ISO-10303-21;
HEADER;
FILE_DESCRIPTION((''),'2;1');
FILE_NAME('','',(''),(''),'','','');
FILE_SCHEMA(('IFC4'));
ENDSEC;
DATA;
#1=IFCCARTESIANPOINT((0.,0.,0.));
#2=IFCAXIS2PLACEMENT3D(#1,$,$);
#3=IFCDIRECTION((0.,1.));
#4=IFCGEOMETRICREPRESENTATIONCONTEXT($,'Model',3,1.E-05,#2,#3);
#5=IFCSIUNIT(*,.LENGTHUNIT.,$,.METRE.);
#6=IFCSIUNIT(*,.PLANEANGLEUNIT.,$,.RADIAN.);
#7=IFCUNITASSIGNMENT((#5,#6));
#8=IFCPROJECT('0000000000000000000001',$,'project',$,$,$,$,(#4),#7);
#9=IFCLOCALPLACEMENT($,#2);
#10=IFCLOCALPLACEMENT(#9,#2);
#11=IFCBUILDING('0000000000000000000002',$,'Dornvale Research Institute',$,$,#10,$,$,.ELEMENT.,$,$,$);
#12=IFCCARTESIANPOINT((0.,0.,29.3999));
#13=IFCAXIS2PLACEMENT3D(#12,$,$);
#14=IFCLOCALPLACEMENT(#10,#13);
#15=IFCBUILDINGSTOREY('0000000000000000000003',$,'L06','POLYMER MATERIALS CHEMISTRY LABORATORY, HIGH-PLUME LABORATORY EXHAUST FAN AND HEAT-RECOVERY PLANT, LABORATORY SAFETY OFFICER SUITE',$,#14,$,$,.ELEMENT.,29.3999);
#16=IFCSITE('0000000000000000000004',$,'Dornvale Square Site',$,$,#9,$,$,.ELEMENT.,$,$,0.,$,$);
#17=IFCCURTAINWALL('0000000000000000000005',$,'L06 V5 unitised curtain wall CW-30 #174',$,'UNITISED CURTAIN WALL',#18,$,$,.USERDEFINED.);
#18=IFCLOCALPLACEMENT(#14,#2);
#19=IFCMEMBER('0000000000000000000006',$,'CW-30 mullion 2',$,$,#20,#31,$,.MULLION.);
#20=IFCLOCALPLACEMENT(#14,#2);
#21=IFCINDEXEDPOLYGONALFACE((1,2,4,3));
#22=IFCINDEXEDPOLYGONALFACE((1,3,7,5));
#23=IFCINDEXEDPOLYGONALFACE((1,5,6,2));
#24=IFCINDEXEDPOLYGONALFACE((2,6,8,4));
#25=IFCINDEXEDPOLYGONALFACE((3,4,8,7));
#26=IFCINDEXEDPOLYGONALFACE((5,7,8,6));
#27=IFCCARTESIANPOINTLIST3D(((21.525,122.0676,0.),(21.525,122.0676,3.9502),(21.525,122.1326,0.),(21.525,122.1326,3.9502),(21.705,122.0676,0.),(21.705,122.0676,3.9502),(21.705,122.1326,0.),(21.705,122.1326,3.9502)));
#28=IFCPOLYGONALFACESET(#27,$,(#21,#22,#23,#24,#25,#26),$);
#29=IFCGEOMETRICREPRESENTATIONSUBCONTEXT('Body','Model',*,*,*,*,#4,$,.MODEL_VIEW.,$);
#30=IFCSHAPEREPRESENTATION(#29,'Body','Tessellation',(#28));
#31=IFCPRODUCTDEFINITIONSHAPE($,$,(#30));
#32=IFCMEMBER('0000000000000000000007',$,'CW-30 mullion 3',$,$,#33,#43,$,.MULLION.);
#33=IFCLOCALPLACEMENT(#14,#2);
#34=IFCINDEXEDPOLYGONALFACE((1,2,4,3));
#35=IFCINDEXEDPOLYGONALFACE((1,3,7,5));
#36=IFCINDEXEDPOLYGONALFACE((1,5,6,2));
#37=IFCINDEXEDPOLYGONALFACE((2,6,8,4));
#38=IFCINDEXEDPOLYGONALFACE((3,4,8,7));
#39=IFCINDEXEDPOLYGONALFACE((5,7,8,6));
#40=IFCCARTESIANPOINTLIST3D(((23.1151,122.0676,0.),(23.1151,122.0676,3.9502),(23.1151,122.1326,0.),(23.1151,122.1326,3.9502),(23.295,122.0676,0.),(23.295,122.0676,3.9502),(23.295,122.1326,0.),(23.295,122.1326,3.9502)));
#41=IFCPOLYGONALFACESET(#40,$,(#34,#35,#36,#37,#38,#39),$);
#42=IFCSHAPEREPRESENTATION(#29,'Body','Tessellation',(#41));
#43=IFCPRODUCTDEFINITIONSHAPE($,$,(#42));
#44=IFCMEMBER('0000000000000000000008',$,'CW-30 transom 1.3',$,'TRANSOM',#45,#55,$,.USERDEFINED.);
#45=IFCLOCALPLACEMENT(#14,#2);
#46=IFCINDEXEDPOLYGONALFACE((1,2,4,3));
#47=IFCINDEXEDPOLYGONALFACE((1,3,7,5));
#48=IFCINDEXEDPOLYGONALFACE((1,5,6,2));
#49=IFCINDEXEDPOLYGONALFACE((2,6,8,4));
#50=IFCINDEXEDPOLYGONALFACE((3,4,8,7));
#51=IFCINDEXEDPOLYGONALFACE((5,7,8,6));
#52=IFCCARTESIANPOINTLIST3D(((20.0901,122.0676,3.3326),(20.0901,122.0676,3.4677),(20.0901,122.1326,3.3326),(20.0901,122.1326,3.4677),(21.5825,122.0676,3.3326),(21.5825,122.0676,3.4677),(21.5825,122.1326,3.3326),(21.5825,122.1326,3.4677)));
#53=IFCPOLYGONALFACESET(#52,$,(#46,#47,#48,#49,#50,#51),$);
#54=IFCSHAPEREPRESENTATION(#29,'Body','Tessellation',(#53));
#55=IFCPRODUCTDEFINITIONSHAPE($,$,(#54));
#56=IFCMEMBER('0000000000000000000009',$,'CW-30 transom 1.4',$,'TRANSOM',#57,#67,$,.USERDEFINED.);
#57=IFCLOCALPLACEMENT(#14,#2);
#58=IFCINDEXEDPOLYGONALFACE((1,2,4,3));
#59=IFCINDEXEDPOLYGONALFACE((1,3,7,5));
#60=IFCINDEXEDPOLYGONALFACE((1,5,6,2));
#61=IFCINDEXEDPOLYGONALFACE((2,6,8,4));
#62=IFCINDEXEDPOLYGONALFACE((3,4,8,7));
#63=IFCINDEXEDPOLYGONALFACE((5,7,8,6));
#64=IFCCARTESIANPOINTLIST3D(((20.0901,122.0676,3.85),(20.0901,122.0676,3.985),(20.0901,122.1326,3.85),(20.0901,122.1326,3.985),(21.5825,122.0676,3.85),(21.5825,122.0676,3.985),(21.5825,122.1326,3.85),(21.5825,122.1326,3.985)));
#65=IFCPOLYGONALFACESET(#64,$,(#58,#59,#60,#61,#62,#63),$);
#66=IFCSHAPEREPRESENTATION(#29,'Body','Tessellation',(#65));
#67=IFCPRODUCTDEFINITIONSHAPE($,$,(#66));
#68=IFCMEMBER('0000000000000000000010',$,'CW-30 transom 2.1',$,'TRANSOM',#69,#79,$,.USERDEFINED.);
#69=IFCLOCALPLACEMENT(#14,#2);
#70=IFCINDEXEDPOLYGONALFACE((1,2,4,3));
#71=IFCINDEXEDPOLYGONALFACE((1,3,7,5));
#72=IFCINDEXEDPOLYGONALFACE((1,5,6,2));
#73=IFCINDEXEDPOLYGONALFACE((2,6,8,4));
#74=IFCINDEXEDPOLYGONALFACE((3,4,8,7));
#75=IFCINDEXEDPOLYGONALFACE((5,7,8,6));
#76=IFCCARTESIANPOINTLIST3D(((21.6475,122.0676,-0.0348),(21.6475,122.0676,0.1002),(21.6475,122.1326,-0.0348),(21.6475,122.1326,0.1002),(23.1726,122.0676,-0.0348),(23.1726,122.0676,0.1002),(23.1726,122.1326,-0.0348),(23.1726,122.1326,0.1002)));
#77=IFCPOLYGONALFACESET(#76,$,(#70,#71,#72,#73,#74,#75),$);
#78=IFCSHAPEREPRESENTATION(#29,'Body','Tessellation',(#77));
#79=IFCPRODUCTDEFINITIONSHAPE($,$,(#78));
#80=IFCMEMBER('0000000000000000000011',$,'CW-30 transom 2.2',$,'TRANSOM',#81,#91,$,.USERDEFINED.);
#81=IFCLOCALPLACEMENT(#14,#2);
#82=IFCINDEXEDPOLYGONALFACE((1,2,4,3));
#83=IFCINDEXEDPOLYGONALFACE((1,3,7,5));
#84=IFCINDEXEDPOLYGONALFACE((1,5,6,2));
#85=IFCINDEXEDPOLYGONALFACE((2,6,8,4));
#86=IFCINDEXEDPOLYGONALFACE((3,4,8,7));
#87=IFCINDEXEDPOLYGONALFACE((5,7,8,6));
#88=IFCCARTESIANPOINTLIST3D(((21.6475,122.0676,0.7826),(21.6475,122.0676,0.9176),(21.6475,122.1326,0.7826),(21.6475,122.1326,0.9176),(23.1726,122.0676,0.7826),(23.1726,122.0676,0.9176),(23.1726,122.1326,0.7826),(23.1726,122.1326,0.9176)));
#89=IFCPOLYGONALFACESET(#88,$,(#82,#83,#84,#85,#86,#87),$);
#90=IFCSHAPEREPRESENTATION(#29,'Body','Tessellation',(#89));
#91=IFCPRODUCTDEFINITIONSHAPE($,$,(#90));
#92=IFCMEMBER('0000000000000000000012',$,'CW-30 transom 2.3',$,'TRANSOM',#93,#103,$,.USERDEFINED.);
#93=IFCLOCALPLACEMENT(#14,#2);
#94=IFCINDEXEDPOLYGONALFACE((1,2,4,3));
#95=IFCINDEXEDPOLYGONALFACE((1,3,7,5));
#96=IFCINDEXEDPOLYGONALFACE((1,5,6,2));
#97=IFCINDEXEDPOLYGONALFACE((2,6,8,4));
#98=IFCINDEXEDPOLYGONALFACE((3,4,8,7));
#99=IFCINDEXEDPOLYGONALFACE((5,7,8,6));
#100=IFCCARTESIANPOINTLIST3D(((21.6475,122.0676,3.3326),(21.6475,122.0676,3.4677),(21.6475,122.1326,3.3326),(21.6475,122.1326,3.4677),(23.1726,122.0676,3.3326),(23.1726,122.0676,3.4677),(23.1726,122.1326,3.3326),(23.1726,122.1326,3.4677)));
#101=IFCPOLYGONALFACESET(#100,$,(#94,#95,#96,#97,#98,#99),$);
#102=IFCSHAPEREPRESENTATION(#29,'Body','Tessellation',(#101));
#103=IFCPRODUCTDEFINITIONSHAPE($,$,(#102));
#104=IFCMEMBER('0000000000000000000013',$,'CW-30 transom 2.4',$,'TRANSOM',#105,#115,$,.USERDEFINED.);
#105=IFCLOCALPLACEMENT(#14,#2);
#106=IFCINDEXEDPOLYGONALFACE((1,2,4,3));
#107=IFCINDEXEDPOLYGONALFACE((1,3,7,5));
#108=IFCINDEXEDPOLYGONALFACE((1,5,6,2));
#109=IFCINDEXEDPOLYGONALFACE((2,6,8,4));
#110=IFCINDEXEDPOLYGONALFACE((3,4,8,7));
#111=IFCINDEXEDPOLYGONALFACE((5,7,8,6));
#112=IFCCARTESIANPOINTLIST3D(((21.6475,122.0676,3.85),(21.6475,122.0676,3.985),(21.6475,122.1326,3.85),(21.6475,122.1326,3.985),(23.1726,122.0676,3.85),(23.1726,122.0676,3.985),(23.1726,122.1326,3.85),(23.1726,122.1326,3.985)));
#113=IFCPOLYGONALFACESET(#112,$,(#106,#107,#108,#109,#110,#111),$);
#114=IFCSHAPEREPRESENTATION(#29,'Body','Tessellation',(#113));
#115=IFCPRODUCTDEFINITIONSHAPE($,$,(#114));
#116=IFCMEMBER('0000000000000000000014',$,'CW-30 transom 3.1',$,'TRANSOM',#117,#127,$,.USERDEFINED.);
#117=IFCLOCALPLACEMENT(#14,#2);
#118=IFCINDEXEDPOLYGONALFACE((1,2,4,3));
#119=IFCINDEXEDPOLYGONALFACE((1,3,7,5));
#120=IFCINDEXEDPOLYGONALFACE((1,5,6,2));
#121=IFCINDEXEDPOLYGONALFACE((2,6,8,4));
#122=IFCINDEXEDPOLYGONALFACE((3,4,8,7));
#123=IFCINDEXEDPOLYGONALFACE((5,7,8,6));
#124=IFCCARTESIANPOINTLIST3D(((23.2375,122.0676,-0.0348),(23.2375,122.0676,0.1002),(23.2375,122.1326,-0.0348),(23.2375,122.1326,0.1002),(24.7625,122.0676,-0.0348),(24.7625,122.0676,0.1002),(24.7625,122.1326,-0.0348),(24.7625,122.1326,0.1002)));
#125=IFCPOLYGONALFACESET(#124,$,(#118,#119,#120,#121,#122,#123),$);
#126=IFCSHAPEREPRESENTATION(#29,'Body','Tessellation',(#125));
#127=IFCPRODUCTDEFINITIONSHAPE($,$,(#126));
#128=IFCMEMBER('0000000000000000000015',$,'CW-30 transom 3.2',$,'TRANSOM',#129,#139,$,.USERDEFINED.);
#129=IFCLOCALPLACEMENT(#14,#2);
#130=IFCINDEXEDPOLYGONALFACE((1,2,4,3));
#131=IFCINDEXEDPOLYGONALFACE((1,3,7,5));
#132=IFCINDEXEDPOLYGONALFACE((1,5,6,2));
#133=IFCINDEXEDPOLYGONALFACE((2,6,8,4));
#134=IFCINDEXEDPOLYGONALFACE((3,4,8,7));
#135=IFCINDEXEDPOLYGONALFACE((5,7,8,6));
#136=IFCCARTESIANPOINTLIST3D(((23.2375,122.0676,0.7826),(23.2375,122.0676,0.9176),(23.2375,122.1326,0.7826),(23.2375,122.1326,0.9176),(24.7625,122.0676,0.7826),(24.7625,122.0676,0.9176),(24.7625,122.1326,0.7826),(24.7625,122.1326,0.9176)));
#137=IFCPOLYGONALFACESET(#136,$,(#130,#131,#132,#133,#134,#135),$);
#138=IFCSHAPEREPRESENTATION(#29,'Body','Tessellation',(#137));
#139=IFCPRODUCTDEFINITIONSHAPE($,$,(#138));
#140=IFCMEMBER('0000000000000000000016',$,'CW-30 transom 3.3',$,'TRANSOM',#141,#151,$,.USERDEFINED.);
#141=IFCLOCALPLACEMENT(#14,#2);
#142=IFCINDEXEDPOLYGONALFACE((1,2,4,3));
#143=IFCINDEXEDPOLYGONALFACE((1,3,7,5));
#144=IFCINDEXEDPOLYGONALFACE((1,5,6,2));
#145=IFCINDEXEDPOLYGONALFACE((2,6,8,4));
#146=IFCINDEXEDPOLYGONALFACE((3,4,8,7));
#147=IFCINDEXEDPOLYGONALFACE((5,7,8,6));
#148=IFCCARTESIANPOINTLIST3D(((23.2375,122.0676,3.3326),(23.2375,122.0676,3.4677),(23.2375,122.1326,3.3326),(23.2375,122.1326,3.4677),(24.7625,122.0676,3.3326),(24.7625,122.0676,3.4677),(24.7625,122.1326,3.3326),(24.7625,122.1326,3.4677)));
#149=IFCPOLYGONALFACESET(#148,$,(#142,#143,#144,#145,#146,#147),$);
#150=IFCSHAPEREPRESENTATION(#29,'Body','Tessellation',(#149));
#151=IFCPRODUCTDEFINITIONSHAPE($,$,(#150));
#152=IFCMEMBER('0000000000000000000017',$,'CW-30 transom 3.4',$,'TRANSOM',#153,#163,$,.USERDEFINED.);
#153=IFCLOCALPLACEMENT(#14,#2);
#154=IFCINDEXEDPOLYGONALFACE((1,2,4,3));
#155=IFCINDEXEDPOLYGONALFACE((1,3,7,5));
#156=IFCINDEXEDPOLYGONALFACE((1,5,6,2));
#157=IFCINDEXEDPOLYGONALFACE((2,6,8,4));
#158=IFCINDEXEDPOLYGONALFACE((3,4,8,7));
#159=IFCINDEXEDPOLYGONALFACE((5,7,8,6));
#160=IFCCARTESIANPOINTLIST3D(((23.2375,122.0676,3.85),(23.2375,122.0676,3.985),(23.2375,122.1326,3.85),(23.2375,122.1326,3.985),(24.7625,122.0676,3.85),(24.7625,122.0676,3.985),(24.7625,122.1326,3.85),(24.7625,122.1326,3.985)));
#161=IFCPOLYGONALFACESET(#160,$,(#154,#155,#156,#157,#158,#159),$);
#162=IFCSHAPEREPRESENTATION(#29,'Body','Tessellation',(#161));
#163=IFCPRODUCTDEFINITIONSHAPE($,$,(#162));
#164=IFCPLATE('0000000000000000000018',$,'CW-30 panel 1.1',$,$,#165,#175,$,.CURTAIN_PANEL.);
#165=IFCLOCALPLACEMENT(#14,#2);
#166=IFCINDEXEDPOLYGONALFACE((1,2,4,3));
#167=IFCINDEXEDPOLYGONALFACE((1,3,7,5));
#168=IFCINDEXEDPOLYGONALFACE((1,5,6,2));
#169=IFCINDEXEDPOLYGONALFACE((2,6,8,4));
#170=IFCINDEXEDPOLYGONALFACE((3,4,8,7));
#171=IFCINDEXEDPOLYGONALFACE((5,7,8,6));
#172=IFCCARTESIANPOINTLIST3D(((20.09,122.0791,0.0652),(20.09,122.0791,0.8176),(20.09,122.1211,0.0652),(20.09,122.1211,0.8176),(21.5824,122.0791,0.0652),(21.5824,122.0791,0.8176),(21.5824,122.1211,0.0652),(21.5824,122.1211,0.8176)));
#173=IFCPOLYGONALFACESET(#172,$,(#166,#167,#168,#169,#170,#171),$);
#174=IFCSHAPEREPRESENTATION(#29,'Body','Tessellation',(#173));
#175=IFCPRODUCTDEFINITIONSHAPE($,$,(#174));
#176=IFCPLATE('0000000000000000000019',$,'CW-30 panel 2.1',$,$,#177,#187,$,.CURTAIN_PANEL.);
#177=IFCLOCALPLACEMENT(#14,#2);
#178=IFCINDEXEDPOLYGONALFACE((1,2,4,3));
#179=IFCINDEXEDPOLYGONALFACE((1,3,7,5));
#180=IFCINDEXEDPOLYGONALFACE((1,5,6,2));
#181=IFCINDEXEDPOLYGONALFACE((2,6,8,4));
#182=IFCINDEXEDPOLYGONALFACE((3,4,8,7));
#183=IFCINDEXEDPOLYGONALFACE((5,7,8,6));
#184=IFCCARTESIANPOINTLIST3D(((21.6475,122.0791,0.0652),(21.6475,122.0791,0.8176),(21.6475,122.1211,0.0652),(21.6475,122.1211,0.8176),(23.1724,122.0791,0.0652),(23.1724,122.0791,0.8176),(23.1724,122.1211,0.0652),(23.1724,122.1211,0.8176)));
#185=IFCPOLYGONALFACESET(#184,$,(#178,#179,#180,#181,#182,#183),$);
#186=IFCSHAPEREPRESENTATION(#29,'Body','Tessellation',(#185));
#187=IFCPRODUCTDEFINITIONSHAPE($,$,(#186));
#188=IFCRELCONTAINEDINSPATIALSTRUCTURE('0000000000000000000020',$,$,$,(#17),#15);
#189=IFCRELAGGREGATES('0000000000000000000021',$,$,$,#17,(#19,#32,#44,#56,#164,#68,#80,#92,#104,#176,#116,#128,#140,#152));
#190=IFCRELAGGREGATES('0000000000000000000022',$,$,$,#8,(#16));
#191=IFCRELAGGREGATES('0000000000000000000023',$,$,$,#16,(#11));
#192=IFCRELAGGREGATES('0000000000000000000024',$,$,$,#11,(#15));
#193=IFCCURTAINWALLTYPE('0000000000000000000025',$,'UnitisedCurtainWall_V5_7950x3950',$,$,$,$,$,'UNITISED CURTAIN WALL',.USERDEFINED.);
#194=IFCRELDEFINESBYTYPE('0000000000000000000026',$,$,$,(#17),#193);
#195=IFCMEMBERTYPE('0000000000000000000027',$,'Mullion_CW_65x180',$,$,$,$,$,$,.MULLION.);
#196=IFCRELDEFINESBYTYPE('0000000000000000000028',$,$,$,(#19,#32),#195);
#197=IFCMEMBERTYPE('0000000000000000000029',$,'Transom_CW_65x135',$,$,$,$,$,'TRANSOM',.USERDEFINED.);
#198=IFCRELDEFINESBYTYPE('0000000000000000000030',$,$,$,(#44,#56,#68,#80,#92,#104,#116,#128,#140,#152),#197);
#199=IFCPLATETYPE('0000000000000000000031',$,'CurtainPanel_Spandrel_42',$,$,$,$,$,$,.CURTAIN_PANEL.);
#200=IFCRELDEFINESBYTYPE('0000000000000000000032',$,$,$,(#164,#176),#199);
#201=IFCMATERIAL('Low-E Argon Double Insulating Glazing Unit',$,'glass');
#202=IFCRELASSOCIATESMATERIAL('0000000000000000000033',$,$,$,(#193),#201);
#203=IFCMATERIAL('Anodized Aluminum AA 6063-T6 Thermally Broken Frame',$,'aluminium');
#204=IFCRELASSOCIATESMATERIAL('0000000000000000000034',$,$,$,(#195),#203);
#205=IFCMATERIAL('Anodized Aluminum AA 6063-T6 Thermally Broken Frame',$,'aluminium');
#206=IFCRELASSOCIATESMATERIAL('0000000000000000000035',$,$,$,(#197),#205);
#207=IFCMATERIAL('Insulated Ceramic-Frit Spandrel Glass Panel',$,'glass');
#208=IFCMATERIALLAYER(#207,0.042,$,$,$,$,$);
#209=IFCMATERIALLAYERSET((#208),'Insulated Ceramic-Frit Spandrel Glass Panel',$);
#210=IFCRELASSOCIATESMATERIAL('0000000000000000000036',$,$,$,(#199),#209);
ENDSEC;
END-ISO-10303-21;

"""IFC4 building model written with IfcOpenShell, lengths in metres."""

from ifc_helpers import new_model, si_unit, direction, frame, origin, origin_2d, place, context, subcontext, project, spatial, rectangle, extrude, material, layer, layer_set, material_profile, profile_set, type_object, element, aggregate, save


model = new_model("IFC4")

# Units and contexts
model_context = context("Model", 3, precision=1e-05, world=origin(), true_north=direction((0.0, 1.0)))
body_context = subcontext(model_context, "Body", "Model", "MODEL_VIEW")
ifc_project = project(units=[si_unit("LENGTHUNIT", "METRE"), si_unit("PLANEANGLEUNIT", "RADIAN")], contexts=[model_context])

# Site, building, storey
site_placement = place(None, origin())
site = spatial("IfcSite", under=ifc_project, at=site_placement, Name="Dornvale Square Site", CompositionType="ELEMENT", RefElevation=0.0)
building_placement = place(site_placement, origin())
building = spatial("IfcBuilding", under=site, at=building_placement, Name="Dornvale Research Institute", CompositionType="ELEMENT")
storey_placement = place(building_placement, frame((0.0, 0.0, 29.3999)))
storey = spatial("IfcBuildingStorey", under=building, at=storey_placement, Name="L06", Description="POLYMER MATERIALS CHEMISTRY LABORATORY, HIGH-PLUME LABORATORY EXHAUST FAN AND HEAT-RECOVERY PLANT, LABORATORY SAFETY OFFICER SUITE", CompositionType="ELEMENT", Elevation=29.3999)

# Curtain wall, members, plates
ifc_material_1 = material(Name="Low-E Argon Double Insulating Glazing Unit", Category="glass")
curtain_wall_type = type_object("IfcCurtainWallType", Name="UnitisedCurtainWall_V5_7950x3950", ElementType="UNITISED CURTAIN WALL", PredefinedType="USERDEFINED", material=ifc_material_1)
curtain_wall_placement = place(storey_placement, origin())
curtain_wall = element("IfcCurtainWall", 1, at=curtain_wall_placement, inside=storey, type_object=curtain_wall_type, Name="L06 V5 unitised curtain wall CW-30 #174", ObjectType="UNITISED CURTAIN WALL", PredefinedType="USERDEFINED")
ifc_material_2 = material(Name="Anodized Aluminum AA 6063-T6 Thermally Broken Frame", Category="aluminium")
ifc_material_profile_1 = material_profile(ifc_material_2, rectangle(XDim=0.0649, YDim=0.1799, at=origin_2d()), Name="ALU MULLION 65x180")
ifc_profile_set_1 = profile_set([ifc_material_profile_1], Name="Anodized Aluminum AA 6063-T6 Thermally Broken Frame")
member_type_1 = type_object("IfcMemberType", Name="Mullion_CW_65x180", PredefinedType="MULLION", material=ifc_profile_set_1)
member_1_placement = place(storey_placement, frame((21.615, 122.1001, 0.0), z_axis=(0.0, 0.0, 1.0), x_axis=(0.0, 1.0, 0.0)))
member_1 = element("IfcMember", 2, at=member_1_placement, type_object=member_type_1, Name="CW-30 mullion 2", PredefinedType="MULLION", context=body_context, shape_type="SweptSolid", body=[
    extrude(rectangle(XDim=0.0649, YDim=0.1799, at=origin_2d()), origin(), (0.0, 0.0, 1.0), 3.9502),
])
member_2_placement = place(storey_placement, frame((23.2051, 122.1001, 0.0), z_axis=(0.0, 0.0, 1.0), x_axis=(0.0, 1.0, 0.0)))
member_2 = element("IfcMember", 3, at=member_2_placement, type_object=member_type_1, Name="CW-30 mullion 3", PredefinedType="MULLION", context=body_context, shape_type="SweptSolid", body=[
    extrude(rectangle(XDim=0.0649, YDim=0.1799, at=origin_2d()), origin(), (0.0, 0.0, 1.0), 3.9502),
])
ifc_material_3 = material(Name="Anodized Aluminum AA 6063-T6 Thermally Broken Frame", Category="aluminium")
ifc_material_profile_2 = material_profile(ifc_material_3, rectangle(XDim=0.0649, YDim=0.135, at=origin_2d()), Name="ALU TRANSOM 65x135")
ifc_profile_set_2 = profile_set([ifc_material_profile_2], Name="Anodized Aluminum AA 6063-T6 Thermally Broken Frame")
member_type_2 = type_object("IfcMemberType", Name="Transom_CW_65x135", ElementType="TRANSOM", PredefinedType="USERDEFINED", material=ifc_profile_set_2)
member_3_placement = place(storey_placement, frame((20.0901, 122.1001, 3.4001), z_axis=(1.0, 0.0, 0.0), x_axis=(0.0, 1.0, 0.0)))
member_3 = element("IfcMember", 4, at=member_3_placement, type_object=member_type_2, Name="CW-30 transom 1.3", ObjectType="TRANSOM", PredefinedType="USERDEFINED", context=body_context, shape_type="SweptSolid", body=[
    extrude(rectangle(XDim=0.0649, YDim=0.135, at=origin_2d()), origin(), (0.0, 0.0, 1.0), 1.4924),
])
member_4_placement = place(storey_placement, frame((20.0901, 122.1001, 3.9175), z_axis=(1.0, 0.0, 0.0), x_axis=(0.0, 1.0, 0.0)))
member_4 = element("IfcMember", 5, at=member_4_placement, type_object=member_type_2, Name="CW-30 transom 1.4", ObjectType="TRANSOM", PredefinedType="USERDEFINED", context=body_context, shape_type="SweptSolid", body=[
    extrude(rectangle(XDim=0.0649, YDim=0.135, at=origin_2d()), origin(), (0.0, 0.0, 1.0), 1.4924),
])
member_5_placement = place(storey_placement, frame((21.6475, 122.1001, 0.0327), z_axis=(1.0, 0.0, 0.0), x_axis=(0.0, 1.0, 0.0)))
member_5 = element("IfcMember", 6, at=member_5_placement, type_object=member_type_2, Name="CW-30 transom 2.1", ObjectType="TRANSOM", PredefinedType="USERDEFINED", context=body_context, shape_type="SweptSolid", body=[
    extrude(rectangle(XDim=0.0649, YDim=0.135, at=origin_2d()), origin(), (0.0, 0.0, 1.0), 1.5251),
])
member_6_placement = place(storey_placement, frame((21.6475, 122.1001, 0.8501), z_axis=(1.0, 0.0, 0.0), x_axis=(0.0, 1.0, 0.0)))
member_6 = element("IfcMember", 7, at=member_6_placement, type_object=member_type_2, Name="CW-30 transom 2.2", ObjectType="TRANSOM", PredefinedType="USERDEFINED", context=body_context, shape_type="SweptSolid", body=[
    extrude(rectangle(XDim=0.0649, YDim=0.135, at=origin_2d()), origin(), (0.0, 0.0, 1.0), 1.5251),
])
member_7_placement = place(storey_placement, frame((21.6475, 122.1001, 3.4001), z_axis=(1.0, 0.0, 0.0), x_axis=(0.0, 1.0, 0.0)))
member_7 = element("IfcMember", 8, at=member_7_placement, type_object=member_type_2, Name="CW-30 transom 2.3", ObjectType="TRANSOM", PredefinedType="USERDEFINED", context=body_context, shape_type="SweptSolid", body=[
    extrude(rectangle(XDim=0.0649, YDim=0.135, at=origin_2d()), origin(), (0.0, 0.0, 1.0), 1.5251),
])
member_8_placement = place(storey_placement, frame((21.6475, 122.1001, 3.9175), z_axis=(1.0, 0.0, 0.0), x_axis=(0.0, 1.0, 0.0)))
member_8 = element("IfcMember", 9, at=member_8_placement, type_object=member_type_2, Name="CW-30 transom 2.4", ObjectType="TRANSOM", PredefinedType="USERDEFINED", context=body_context, shape_type="SweptSolid", body=[
    extrude(rectangle(XDim=0.0649, YDim=0.135, at=origin_2d()), origin(), (0.0, 0.0, 1.0), 1.5251),
])
member_9_placement = place(storey_placement, frame((23.2375, 122.1001, 0.0327), z_axis=(1.0, 0.0, 0.0), x_axis=(0.0, 1.0, 0.0)))
member_9 = element("IfcMember", 10, at=member_9_placement, type_object=member_type_2, Name="CW-30 transom 3.1", ObjectType="TRANSOM", PredefinedType="USERDEFINED", context=body_context, shape_type="SweptSolid", body=[
    extrude(rectangle(XDim=0.0649, YDim=0.135, at=origin_2d()), origin(), (0.0, 0.0, 1.0), 1.5249),
])
member_10_placement = place(storey_placement, frame((23.2375, 122.1001, 0.8501), z_axis=(1.0, 0.0, 0.0), x_axis=(0.0, 1.0, 0.0)))
member_10 = element("IfcMember", 11, at=member_10_placement, type_object=member_type_2, Name="CW-30 transom 3.2", ObjectType="TRANSOM", PredefinedType="USERDEFINED", context=body_context, shape_type="SweptSolid", body=[
    extrude(rectangle(XDim=0.0649, YDim=0.135, at=origin_2d()), origin(), (0.0, 0.0, 1.0), 1.5249),
])
member_11_placement = place(storey_placement, frame((23.2375, 122.1001, 3.4001), z_axis=(1.0, 0.0, 0.0), x_axis=(0.0, 1.0, 0.0)))
member_11 = element("IfcMember", 12, at=member_11_placement, type_object=member_type_2, Name="CW-30 transom 3.3", ObjectType="TRANSOM", PredefinedType="USERDEFINED", context=body_context, shape_type="SweptSolid", body=[
    extrude(rectangle(XDim=0.0649, YDim=0.135, at=origin_2d()), origin(), (0.0, 0.0, 1.0), 1.5249),
])
member_12_placement = place(storey_placement, frame((23.2375, 122.1001, 3.9175), z_axis=(1.0, 0.0, 0.0), x_axis=(0.0, 1.0, 0.0)))
member_12 = element("IfcMember", 13, at=member_12_placement, type_object=member_type_2, Name="CW-30 transom 3.4", ObjectType="TRANSOM", PredefinedType="USERDEFINED", context=body_context, shape_type="SweptSolid", body=[
    extrude(rectangle(XDim=0.0649, YDim=0.135, at=origin_2d()), origin(), (0.0, 0.0, 1.0), 1.5249),
])
ifc_material_4 = material(Name="Insulated Ceramic-Frit Spandrel Glass Panel", Category="glass")
ifc_layer_1 = layer(ifc_material_4, 0.042)
ifc_layer_set_1 = layer_set([ifc_layer_1], Name="Insulated Ceramic-Frit Spandrel Glass Panel")
plate_type_1 = type_object("IfcPlateType", Name="CurtainPanel_Spandrel_42", PredefinedType="CURTAIN_PANEL", material=ifc_layer_set_1)
plate_1_placement = place(storey_placement, frame((20.8362, 122.1001, 0.0652), z_axis=(0.0, 0.0, 1.0), x_axis=(1.0, 0.0, 0.0)))
plate_1 = element("IfcPlate", 14, at=plate_1_placement, type_object=plate_type_1, Name="CW-30 panel 1.1", PredefinedType="CURTAIN_PANEL", context=body_context, shape_type="SweptSolid", body=[
    extrude(rectangle(XDim=1.4924, YDim=0.042, at=origin_2d()), origin(), (0.0, 0.0, 1.0), 0.7524),
])
plate_2_placement = place(storey_placement, frame((22.4099, 122.1001, 0.0652), z_axis=(0.0, 0.0, 1.0), x_axis=(1.0, 0.0, 0.0)))
plate_2 = element("IfcPlate", 15, at=plate_2_placement, type_object=plate_type_1, Name="CW-30 panel 2.1", PredefinedType="CURTAIN_PANEL", context=body_context, shape_type="SweptSolid", body=[
    extrude(rectangle(XDim=1.5249, YDim=0.042, at=origin_2d()), origin(), (0.0, 0.0, 1.0), 0.7524),
])
aggregate(curtain_wall, [member_1, member_2, member_3, member_4, plate_1, member_5, member_6, member_7, member_8, plate_2, member_9, member_10, member_11, member_12])

save(model, "model.ifc")
